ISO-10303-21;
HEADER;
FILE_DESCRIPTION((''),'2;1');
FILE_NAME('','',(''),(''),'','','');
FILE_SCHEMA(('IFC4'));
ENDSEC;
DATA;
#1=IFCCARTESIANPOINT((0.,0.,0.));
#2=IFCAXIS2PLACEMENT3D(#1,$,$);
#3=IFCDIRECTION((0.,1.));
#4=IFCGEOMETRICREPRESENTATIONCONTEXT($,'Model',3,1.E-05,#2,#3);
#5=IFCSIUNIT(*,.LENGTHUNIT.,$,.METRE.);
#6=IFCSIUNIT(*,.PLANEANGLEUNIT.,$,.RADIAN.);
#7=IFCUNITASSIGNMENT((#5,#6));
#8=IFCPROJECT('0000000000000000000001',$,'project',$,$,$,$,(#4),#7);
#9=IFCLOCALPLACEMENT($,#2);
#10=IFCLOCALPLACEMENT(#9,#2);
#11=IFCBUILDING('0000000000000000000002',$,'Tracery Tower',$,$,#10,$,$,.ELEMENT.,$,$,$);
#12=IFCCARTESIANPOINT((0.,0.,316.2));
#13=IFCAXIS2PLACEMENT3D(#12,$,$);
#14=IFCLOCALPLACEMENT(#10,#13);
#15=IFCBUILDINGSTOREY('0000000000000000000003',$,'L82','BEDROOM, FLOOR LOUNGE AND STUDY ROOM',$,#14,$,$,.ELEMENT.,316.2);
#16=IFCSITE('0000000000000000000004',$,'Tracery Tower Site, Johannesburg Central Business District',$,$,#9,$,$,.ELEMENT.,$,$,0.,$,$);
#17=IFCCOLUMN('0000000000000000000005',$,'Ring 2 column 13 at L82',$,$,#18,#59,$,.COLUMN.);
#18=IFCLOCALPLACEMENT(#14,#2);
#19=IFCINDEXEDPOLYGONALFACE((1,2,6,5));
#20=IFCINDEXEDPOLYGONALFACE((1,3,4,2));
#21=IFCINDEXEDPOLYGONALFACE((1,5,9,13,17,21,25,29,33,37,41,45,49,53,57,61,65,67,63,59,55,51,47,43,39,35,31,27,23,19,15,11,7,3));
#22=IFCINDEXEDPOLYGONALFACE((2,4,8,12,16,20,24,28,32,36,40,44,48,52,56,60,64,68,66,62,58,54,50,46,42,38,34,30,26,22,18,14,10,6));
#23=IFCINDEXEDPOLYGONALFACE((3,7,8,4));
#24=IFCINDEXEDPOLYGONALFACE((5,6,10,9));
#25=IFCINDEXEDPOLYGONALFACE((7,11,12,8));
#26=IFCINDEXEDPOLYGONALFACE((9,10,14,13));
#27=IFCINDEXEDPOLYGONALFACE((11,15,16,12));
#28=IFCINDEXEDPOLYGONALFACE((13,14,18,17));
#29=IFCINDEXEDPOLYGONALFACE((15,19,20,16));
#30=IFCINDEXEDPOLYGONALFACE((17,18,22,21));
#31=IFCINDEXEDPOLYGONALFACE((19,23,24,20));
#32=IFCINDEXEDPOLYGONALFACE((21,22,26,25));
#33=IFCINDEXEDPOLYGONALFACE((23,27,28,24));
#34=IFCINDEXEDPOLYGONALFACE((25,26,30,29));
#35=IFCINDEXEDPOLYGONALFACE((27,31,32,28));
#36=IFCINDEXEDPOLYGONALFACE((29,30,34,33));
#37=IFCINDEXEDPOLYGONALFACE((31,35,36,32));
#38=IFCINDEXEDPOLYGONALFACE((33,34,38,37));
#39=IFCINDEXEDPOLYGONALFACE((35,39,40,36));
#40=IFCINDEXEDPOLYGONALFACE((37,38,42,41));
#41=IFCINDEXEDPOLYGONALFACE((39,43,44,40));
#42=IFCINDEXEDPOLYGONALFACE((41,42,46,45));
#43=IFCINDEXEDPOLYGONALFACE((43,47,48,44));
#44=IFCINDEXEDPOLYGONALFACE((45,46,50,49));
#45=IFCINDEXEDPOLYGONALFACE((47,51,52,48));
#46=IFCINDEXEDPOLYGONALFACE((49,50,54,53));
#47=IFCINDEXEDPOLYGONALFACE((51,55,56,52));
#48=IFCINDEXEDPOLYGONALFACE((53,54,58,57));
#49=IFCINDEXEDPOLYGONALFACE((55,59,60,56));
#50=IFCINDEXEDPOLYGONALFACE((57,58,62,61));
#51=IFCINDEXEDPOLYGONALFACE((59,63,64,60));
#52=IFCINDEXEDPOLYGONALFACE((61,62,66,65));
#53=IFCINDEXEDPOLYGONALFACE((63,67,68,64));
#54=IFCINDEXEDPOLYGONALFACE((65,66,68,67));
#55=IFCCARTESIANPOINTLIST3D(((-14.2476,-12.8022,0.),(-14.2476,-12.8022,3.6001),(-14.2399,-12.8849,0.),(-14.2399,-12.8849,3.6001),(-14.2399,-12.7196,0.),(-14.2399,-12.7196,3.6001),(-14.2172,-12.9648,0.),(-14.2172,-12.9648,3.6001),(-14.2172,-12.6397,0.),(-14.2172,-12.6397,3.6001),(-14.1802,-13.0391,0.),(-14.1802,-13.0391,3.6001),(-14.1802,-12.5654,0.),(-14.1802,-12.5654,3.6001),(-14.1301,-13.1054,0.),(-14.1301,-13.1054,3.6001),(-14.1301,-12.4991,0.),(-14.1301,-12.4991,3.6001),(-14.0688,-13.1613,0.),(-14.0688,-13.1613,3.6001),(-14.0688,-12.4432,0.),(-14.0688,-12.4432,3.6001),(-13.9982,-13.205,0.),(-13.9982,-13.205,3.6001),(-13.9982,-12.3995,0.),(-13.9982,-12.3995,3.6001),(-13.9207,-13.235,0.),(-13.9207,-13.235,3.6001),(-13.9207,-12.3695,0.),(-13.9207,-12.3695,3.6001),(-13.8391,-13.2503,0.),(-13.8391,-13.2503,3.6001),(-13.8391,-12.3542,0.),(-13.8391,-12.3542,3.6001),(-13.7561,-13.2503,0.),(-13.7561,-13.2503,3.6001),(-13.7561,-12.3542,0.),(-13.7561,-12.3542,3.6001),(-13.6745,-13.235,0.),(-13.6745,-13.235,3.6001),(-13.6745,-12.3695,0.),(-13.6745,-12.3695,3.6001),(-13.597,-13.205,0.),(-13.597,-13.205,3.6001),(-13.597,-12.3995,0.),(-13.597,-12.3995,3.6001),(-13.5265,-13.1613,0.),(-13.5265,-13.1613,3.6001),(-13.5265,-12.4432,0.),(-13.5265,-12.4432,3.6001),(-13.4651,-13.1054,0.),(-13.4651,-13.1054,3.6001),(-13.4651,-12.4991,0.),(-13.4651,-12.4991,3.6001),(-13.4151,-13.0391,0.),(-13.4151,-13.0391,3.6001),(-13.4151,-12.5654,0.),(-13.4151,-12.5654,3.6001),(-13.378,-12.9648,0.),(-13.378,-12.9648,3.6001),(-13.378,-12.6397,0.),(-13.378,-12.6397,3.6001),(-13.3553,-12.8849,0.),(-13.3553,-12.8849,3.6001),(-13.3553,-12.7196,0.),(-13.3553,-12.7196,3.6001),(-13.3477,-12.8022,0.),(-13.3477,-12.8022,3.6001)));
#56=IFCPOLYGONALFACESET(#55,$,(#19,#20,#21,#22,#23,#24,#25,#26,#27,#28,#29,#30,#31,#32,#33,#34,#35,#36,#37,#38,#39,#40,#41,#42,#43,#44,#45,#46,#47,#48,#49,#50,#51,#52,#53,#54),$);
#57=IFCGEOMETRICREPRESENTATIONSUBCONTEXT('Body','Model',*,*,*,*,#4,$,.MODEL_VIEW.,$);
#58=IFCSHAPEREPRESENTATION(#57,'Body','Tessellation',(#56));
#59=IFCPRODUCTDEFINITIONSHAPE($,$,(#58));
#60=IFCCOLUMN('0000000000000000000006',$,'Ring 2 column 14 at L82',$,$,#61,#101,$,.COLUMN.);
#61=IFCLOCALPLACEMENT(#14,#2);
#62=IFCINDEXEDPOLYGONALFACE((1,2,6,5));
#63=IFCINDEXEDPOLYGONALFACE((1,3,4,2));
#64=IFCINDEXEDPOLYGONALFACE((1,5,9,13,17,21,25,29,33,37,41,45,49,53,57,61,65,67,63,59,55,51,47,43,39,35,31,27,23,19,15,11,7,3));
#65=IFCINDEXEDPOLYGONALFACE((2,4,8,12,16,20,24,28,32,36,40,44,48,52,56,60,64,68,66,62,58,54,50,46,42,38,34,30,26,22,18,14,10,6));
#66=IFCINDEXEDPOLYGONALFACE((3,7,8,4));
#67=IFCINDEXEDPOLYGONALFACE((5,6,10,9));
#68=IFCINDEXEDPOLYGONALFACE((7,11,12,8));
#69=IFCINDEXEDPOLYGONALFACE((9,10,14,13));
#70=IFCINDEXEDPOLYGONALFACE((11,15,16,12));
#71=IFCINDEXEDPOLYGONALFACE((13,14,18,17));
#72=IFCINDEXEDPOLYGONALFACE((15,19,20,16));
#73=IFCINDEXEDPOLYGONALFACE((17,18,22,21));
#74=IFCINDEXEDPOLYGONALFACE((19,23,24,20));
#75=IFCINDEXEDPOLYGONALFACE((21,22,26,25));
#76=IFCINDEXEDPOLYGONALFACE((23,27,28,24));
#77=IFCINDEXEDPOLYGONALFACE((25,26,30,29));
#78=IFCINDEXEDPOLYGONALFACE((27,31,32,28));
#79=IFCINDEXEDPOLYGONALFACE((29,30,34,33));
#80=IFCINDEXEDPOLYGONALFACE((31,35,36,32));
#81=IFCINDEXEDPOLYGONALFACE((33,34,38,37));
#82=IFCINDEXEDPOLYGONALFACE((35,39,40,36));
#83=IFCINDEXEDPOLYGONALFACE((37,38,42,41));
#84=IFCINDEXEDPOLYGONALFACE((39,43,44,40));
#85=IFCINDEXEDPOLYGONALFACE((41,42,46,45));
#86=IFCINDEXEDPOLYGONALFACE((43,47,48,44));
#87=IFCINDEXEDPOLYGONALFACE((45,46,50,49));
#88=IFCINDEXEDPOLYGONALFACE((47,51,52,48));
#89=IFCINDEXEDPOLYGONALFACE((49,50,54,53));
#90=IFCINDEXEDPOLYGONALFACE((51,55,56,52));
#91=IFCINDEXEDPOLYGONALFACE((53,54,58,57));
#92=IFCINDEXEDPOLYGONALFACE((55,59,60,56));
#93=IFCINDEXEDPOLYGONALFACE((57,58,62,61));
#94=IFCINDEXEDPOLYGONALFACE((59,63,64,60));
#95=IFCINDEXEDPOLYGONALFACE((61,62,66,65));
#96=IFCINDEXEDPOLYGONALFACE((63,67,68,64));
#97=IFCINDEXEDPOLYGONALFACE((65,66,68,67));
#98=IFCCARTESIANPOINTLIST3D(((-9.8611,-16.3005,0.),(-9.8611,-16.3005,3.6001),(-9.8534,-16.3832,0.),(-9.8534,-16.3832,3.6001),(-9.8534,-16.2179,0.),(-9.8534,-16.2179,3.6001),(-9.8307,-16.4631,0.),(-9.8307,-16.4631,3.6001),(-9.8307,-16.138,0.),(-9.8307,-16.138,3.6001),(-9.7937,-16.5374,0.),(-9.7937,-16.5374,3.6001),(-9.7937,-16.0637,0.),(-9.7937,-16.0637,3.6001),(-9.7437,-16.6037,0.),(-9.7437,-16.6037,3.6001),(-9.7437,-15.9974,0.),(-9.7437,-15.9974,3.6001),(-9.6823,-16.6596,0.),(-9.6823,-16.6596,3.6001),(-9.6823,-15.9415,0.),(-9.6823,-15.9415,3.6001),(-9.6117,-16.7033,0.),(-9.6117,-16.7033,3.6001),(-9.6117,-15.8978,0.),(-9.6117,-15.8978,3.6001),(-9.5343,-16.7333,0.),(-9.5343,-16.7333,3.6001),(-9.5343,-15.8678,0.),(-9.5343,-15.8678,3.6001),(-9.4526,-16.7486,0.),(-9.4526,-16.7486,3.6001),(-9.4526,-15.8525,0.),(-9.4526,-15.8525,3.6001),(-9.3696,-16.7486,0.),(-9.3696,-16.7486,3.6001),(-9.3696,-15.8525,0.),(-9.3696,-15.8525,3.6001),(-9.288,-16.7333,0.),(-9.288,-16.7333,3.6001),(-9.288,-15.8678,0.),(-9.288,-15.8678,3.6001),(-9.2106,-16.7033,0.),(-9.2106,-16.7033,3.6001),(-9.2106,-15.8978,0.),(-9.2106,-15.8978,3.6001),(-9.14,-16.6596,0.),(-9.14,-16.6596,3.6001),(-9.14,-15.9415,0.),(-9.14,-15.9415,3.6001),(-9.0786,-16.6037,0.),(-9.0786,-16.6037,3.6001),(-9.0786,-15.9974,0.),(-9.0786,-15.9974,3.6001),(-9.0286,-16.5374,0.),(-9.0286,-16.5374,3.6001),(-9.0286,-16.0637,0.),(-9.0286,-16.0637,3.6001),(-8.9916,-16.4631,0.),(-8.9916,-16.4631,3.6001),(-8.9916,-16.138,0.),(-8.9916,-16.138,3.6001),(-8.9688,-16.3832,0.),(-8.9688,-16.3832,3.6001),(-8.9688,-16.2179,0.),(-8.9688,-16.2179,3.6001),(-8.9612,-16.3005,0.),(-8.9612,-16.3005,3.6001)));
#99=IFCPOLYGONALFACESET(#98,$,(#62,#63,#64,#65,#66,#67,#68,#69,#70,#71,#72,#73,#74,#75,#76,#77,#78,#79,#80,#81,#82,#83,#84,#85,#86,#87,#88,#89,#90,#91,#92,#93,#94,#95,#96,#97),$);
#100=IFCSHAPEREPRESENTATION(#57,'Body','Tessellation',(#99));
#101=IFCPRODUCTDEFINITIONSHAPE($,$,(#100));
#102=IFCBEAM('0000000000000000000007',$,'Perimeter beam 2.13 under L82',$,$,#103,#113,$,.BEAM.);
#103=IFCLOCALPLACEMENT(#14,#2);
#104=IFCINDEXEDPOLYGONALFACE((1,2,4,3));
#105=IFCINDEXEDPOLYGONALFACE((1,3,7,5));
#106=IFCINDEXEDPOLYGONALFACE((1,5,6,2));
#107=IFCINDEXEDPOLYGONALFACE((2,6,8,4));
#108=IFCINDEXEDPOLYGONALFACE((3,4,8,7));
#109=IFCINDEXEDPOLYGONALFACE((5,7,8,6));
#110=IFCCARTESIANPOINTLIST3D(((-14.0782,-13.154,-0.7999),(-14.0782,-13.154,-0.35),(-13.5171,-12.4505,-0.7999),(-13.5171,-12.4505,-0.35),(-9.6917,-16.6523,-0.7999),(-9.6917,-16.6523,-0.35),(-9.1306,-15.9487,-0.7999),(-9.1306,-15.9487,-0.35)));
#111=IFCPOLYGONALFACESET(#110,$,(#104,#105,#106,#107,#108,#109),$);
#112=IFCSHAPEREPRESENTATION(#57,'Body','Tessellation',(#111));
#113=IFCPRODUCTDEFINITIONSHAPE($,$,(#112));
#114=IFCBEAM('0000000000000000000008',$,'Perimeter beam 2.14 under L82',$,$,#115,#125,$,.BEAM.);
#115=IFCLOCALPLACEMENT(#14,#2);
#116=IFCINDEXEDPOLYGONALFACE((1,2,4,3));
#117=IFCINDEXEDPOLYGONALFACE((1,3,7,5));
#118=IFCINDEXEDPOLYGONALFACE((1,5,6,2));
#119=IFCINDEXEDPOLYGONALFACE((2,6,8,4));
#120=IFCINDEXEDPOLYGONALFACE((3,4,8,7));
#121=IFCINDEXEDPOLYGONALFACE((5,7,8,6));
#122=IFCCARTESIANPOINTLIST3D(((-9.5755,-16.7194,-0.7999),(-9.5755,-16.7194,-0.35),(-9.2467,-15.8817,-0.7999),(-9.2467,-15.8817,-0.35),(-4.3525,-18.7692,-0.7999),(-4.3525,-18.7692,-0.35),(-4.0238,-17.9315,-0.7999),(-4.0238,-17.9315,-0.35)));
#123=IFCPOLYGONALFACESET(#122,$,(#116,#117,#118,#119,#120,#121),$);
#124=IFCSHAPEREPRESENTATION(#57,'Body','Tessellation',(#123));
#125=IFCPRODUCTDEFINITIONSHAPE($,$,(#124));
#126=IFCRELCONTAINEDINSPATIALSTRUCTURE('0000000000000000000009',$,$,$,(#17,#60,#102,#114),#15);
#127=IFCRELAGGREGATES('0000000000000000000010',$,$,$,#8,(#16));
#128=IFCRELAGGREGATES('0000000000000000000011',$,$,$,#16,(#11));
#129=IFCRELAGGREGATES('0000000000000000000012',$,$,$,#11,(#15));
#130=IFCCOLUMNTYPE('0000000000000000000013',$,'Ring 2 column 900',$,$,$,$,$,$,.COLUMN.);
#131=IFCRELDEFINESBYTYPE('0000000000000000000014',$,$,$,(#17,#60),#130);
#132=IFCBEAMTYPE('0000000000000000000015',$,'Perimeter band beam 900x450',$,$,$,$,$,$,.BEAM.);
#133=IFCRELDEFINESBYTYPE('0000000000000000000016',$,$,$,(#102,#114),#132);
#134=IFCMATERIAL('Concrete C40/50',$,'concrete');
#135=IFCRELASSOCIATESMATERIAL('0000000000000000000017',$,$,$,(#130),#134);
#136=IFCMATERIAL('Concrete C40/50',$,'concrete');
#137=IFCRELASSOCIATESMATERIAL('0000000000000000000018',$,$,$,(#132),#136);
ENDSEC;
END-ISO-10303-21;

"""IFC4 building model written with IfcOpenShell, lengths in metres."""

from ifc_helpers import new_model, si_unit, direction, frame, origin, origin_2d, place, context, subcontext, project, spatial, rectangle, circle, extrude, material, material_profile, profile_set, type_object, element, save


model = new_model("IFC4")

# Units and contexts
model_context = context("Model", 3, precision=1e-05, world=origin(), true_north=direction((0.0, 1.0)))
body_context = subcontext(model_context, "Body", "Model", "MODEL_VIEW")
ifc_project = project(units=[si_unit("LENGTHUNIT", "METRE"), si_unit("PLANEANGLEUNIT", "RADIAN")], contexts=[model_context])

# Site, building, storey
site_placement = place(None, origin())
site = spatial("IfcSite", under=ifc_project, at=site_placement, Name="Tracery Tower Site, Johannesburg Central Business District", CompositionType="ELEMENT", RefElevation=0.0)
building_placement = place(site_placement, origin())
building = spatial("IfcBuilding", under=site, at=building_placement, Name="Tracery Tower", CompositionType="ELEMENT")
storey_placement = place(building_placement, frame((0.0, 0.0, 316.2)))
storey = spatial("IfcBuildingStorey", under=building, at=storey_placement, Name="L82", Description="BEDROOM, FLOOR LOUNGE AND STUDY ROOM", CompositionType="ELEMENT", Elevation=316.2)

# Columns
ifc_material_1 = material(Name="Concrete C40/50", Category="concrete")
ifc_material_profile_1 = material_profile(ifc_material_1, circle(Radius=0.45, at=origin_2d()), Name="RC D900")
ifc_profile_set_1 = profile_set([ifc_material_profile_1], Name="Concrete C40/50")
column_type = type_object("IfcColumnType", Name="Ring 2 column 900", PredefinedType="COLUMN", material=ifc_profile_set_1)
for number, where, z_axis, x_axis, name in (
    (1, (-13.7976, -12.8022, 0.0), (0.0, 0.0, 1.0), (1.0, 0.0, 0.0), "Ring 2 column 13 at L82"),
    (2, (-9.4111, -16.3005, 0.0), (0.0, 0.0, 1.0), (1.0, 0.0, 0.0), "Ring 2 column 14 at L82"),
):
    element("IfcColumn", number, at=place(storey_placement, frame(where, z_axis=z_axis, x_axis=x_axis)), inside=storey, type_object=column_type, Name=name, PredefinedType="COLUMN", context=body_context, shape_type="SweptSolid", body=[
        extrude(circle(Radius=0.45, at=origin_2d()), origin(), (0.0, 0.0, 1.0), 3.6001),
    ])

# Beams
ifc_material_2 = material(Name="Concrete C40/50", Category="concrete")
ifc_material_profile_2 = material_profile(ifc_material_2, rectangle(XDim=0.8999, YDim=0.45, at=origin_2d()), Name="RC 900x450")
ifc_profile_set_2 = profile_set([ifc_material_profile_2], Name="Concrete C40/50")
beam_type = type_object("IfcBeamType", Name="Perimeter band beam 900x450", PredefinedType="BEAM", material=ifc_profile_set_2)
beam_1_placement = place(storey_placement, frame((-13.7976, -12.8022, -0.575), z_axis=(0.781815, -0.623511, 0.0), x_axis=(0.623511, 0.781815, 0.0)))
element("IfcBeam", 3, at=beam_1_placement, inside=storey, type_object=beam_type, Name="Perimeter beam 2.13 under L82", PredefinedType="BEAM", context=body_context, shape_type="SweptSolid", body=[
    extrude(rectangle(XDim=0.8999, YDim=0.45, at=origin_2d()), origin(), (0.0, 0.0, 1.0), 5.6106),
])
beam_2_placement = place(storey_placement, frame((-9.4111, -16.3005, -0.575), z_axis=(0.930876, -0.365336, 0.0), x_axis=(0.365336, 0.930876, 0.0)))
element("IfcBeam", 4, at=beam_2_placement, inside=storey, type_object=beam_type, Name="Perimeter beam 2.14 under L82", PredefinedType="BEAM", context=body_context, shape_type="SweptSolid", body=[
    extrude(rectangle(XDim=0.8999, YDim=0.45, at=origin_2d()), origin(), (0.0, 0.0, 1.0), 5.6108),
])

save(model, "model.ifc")
